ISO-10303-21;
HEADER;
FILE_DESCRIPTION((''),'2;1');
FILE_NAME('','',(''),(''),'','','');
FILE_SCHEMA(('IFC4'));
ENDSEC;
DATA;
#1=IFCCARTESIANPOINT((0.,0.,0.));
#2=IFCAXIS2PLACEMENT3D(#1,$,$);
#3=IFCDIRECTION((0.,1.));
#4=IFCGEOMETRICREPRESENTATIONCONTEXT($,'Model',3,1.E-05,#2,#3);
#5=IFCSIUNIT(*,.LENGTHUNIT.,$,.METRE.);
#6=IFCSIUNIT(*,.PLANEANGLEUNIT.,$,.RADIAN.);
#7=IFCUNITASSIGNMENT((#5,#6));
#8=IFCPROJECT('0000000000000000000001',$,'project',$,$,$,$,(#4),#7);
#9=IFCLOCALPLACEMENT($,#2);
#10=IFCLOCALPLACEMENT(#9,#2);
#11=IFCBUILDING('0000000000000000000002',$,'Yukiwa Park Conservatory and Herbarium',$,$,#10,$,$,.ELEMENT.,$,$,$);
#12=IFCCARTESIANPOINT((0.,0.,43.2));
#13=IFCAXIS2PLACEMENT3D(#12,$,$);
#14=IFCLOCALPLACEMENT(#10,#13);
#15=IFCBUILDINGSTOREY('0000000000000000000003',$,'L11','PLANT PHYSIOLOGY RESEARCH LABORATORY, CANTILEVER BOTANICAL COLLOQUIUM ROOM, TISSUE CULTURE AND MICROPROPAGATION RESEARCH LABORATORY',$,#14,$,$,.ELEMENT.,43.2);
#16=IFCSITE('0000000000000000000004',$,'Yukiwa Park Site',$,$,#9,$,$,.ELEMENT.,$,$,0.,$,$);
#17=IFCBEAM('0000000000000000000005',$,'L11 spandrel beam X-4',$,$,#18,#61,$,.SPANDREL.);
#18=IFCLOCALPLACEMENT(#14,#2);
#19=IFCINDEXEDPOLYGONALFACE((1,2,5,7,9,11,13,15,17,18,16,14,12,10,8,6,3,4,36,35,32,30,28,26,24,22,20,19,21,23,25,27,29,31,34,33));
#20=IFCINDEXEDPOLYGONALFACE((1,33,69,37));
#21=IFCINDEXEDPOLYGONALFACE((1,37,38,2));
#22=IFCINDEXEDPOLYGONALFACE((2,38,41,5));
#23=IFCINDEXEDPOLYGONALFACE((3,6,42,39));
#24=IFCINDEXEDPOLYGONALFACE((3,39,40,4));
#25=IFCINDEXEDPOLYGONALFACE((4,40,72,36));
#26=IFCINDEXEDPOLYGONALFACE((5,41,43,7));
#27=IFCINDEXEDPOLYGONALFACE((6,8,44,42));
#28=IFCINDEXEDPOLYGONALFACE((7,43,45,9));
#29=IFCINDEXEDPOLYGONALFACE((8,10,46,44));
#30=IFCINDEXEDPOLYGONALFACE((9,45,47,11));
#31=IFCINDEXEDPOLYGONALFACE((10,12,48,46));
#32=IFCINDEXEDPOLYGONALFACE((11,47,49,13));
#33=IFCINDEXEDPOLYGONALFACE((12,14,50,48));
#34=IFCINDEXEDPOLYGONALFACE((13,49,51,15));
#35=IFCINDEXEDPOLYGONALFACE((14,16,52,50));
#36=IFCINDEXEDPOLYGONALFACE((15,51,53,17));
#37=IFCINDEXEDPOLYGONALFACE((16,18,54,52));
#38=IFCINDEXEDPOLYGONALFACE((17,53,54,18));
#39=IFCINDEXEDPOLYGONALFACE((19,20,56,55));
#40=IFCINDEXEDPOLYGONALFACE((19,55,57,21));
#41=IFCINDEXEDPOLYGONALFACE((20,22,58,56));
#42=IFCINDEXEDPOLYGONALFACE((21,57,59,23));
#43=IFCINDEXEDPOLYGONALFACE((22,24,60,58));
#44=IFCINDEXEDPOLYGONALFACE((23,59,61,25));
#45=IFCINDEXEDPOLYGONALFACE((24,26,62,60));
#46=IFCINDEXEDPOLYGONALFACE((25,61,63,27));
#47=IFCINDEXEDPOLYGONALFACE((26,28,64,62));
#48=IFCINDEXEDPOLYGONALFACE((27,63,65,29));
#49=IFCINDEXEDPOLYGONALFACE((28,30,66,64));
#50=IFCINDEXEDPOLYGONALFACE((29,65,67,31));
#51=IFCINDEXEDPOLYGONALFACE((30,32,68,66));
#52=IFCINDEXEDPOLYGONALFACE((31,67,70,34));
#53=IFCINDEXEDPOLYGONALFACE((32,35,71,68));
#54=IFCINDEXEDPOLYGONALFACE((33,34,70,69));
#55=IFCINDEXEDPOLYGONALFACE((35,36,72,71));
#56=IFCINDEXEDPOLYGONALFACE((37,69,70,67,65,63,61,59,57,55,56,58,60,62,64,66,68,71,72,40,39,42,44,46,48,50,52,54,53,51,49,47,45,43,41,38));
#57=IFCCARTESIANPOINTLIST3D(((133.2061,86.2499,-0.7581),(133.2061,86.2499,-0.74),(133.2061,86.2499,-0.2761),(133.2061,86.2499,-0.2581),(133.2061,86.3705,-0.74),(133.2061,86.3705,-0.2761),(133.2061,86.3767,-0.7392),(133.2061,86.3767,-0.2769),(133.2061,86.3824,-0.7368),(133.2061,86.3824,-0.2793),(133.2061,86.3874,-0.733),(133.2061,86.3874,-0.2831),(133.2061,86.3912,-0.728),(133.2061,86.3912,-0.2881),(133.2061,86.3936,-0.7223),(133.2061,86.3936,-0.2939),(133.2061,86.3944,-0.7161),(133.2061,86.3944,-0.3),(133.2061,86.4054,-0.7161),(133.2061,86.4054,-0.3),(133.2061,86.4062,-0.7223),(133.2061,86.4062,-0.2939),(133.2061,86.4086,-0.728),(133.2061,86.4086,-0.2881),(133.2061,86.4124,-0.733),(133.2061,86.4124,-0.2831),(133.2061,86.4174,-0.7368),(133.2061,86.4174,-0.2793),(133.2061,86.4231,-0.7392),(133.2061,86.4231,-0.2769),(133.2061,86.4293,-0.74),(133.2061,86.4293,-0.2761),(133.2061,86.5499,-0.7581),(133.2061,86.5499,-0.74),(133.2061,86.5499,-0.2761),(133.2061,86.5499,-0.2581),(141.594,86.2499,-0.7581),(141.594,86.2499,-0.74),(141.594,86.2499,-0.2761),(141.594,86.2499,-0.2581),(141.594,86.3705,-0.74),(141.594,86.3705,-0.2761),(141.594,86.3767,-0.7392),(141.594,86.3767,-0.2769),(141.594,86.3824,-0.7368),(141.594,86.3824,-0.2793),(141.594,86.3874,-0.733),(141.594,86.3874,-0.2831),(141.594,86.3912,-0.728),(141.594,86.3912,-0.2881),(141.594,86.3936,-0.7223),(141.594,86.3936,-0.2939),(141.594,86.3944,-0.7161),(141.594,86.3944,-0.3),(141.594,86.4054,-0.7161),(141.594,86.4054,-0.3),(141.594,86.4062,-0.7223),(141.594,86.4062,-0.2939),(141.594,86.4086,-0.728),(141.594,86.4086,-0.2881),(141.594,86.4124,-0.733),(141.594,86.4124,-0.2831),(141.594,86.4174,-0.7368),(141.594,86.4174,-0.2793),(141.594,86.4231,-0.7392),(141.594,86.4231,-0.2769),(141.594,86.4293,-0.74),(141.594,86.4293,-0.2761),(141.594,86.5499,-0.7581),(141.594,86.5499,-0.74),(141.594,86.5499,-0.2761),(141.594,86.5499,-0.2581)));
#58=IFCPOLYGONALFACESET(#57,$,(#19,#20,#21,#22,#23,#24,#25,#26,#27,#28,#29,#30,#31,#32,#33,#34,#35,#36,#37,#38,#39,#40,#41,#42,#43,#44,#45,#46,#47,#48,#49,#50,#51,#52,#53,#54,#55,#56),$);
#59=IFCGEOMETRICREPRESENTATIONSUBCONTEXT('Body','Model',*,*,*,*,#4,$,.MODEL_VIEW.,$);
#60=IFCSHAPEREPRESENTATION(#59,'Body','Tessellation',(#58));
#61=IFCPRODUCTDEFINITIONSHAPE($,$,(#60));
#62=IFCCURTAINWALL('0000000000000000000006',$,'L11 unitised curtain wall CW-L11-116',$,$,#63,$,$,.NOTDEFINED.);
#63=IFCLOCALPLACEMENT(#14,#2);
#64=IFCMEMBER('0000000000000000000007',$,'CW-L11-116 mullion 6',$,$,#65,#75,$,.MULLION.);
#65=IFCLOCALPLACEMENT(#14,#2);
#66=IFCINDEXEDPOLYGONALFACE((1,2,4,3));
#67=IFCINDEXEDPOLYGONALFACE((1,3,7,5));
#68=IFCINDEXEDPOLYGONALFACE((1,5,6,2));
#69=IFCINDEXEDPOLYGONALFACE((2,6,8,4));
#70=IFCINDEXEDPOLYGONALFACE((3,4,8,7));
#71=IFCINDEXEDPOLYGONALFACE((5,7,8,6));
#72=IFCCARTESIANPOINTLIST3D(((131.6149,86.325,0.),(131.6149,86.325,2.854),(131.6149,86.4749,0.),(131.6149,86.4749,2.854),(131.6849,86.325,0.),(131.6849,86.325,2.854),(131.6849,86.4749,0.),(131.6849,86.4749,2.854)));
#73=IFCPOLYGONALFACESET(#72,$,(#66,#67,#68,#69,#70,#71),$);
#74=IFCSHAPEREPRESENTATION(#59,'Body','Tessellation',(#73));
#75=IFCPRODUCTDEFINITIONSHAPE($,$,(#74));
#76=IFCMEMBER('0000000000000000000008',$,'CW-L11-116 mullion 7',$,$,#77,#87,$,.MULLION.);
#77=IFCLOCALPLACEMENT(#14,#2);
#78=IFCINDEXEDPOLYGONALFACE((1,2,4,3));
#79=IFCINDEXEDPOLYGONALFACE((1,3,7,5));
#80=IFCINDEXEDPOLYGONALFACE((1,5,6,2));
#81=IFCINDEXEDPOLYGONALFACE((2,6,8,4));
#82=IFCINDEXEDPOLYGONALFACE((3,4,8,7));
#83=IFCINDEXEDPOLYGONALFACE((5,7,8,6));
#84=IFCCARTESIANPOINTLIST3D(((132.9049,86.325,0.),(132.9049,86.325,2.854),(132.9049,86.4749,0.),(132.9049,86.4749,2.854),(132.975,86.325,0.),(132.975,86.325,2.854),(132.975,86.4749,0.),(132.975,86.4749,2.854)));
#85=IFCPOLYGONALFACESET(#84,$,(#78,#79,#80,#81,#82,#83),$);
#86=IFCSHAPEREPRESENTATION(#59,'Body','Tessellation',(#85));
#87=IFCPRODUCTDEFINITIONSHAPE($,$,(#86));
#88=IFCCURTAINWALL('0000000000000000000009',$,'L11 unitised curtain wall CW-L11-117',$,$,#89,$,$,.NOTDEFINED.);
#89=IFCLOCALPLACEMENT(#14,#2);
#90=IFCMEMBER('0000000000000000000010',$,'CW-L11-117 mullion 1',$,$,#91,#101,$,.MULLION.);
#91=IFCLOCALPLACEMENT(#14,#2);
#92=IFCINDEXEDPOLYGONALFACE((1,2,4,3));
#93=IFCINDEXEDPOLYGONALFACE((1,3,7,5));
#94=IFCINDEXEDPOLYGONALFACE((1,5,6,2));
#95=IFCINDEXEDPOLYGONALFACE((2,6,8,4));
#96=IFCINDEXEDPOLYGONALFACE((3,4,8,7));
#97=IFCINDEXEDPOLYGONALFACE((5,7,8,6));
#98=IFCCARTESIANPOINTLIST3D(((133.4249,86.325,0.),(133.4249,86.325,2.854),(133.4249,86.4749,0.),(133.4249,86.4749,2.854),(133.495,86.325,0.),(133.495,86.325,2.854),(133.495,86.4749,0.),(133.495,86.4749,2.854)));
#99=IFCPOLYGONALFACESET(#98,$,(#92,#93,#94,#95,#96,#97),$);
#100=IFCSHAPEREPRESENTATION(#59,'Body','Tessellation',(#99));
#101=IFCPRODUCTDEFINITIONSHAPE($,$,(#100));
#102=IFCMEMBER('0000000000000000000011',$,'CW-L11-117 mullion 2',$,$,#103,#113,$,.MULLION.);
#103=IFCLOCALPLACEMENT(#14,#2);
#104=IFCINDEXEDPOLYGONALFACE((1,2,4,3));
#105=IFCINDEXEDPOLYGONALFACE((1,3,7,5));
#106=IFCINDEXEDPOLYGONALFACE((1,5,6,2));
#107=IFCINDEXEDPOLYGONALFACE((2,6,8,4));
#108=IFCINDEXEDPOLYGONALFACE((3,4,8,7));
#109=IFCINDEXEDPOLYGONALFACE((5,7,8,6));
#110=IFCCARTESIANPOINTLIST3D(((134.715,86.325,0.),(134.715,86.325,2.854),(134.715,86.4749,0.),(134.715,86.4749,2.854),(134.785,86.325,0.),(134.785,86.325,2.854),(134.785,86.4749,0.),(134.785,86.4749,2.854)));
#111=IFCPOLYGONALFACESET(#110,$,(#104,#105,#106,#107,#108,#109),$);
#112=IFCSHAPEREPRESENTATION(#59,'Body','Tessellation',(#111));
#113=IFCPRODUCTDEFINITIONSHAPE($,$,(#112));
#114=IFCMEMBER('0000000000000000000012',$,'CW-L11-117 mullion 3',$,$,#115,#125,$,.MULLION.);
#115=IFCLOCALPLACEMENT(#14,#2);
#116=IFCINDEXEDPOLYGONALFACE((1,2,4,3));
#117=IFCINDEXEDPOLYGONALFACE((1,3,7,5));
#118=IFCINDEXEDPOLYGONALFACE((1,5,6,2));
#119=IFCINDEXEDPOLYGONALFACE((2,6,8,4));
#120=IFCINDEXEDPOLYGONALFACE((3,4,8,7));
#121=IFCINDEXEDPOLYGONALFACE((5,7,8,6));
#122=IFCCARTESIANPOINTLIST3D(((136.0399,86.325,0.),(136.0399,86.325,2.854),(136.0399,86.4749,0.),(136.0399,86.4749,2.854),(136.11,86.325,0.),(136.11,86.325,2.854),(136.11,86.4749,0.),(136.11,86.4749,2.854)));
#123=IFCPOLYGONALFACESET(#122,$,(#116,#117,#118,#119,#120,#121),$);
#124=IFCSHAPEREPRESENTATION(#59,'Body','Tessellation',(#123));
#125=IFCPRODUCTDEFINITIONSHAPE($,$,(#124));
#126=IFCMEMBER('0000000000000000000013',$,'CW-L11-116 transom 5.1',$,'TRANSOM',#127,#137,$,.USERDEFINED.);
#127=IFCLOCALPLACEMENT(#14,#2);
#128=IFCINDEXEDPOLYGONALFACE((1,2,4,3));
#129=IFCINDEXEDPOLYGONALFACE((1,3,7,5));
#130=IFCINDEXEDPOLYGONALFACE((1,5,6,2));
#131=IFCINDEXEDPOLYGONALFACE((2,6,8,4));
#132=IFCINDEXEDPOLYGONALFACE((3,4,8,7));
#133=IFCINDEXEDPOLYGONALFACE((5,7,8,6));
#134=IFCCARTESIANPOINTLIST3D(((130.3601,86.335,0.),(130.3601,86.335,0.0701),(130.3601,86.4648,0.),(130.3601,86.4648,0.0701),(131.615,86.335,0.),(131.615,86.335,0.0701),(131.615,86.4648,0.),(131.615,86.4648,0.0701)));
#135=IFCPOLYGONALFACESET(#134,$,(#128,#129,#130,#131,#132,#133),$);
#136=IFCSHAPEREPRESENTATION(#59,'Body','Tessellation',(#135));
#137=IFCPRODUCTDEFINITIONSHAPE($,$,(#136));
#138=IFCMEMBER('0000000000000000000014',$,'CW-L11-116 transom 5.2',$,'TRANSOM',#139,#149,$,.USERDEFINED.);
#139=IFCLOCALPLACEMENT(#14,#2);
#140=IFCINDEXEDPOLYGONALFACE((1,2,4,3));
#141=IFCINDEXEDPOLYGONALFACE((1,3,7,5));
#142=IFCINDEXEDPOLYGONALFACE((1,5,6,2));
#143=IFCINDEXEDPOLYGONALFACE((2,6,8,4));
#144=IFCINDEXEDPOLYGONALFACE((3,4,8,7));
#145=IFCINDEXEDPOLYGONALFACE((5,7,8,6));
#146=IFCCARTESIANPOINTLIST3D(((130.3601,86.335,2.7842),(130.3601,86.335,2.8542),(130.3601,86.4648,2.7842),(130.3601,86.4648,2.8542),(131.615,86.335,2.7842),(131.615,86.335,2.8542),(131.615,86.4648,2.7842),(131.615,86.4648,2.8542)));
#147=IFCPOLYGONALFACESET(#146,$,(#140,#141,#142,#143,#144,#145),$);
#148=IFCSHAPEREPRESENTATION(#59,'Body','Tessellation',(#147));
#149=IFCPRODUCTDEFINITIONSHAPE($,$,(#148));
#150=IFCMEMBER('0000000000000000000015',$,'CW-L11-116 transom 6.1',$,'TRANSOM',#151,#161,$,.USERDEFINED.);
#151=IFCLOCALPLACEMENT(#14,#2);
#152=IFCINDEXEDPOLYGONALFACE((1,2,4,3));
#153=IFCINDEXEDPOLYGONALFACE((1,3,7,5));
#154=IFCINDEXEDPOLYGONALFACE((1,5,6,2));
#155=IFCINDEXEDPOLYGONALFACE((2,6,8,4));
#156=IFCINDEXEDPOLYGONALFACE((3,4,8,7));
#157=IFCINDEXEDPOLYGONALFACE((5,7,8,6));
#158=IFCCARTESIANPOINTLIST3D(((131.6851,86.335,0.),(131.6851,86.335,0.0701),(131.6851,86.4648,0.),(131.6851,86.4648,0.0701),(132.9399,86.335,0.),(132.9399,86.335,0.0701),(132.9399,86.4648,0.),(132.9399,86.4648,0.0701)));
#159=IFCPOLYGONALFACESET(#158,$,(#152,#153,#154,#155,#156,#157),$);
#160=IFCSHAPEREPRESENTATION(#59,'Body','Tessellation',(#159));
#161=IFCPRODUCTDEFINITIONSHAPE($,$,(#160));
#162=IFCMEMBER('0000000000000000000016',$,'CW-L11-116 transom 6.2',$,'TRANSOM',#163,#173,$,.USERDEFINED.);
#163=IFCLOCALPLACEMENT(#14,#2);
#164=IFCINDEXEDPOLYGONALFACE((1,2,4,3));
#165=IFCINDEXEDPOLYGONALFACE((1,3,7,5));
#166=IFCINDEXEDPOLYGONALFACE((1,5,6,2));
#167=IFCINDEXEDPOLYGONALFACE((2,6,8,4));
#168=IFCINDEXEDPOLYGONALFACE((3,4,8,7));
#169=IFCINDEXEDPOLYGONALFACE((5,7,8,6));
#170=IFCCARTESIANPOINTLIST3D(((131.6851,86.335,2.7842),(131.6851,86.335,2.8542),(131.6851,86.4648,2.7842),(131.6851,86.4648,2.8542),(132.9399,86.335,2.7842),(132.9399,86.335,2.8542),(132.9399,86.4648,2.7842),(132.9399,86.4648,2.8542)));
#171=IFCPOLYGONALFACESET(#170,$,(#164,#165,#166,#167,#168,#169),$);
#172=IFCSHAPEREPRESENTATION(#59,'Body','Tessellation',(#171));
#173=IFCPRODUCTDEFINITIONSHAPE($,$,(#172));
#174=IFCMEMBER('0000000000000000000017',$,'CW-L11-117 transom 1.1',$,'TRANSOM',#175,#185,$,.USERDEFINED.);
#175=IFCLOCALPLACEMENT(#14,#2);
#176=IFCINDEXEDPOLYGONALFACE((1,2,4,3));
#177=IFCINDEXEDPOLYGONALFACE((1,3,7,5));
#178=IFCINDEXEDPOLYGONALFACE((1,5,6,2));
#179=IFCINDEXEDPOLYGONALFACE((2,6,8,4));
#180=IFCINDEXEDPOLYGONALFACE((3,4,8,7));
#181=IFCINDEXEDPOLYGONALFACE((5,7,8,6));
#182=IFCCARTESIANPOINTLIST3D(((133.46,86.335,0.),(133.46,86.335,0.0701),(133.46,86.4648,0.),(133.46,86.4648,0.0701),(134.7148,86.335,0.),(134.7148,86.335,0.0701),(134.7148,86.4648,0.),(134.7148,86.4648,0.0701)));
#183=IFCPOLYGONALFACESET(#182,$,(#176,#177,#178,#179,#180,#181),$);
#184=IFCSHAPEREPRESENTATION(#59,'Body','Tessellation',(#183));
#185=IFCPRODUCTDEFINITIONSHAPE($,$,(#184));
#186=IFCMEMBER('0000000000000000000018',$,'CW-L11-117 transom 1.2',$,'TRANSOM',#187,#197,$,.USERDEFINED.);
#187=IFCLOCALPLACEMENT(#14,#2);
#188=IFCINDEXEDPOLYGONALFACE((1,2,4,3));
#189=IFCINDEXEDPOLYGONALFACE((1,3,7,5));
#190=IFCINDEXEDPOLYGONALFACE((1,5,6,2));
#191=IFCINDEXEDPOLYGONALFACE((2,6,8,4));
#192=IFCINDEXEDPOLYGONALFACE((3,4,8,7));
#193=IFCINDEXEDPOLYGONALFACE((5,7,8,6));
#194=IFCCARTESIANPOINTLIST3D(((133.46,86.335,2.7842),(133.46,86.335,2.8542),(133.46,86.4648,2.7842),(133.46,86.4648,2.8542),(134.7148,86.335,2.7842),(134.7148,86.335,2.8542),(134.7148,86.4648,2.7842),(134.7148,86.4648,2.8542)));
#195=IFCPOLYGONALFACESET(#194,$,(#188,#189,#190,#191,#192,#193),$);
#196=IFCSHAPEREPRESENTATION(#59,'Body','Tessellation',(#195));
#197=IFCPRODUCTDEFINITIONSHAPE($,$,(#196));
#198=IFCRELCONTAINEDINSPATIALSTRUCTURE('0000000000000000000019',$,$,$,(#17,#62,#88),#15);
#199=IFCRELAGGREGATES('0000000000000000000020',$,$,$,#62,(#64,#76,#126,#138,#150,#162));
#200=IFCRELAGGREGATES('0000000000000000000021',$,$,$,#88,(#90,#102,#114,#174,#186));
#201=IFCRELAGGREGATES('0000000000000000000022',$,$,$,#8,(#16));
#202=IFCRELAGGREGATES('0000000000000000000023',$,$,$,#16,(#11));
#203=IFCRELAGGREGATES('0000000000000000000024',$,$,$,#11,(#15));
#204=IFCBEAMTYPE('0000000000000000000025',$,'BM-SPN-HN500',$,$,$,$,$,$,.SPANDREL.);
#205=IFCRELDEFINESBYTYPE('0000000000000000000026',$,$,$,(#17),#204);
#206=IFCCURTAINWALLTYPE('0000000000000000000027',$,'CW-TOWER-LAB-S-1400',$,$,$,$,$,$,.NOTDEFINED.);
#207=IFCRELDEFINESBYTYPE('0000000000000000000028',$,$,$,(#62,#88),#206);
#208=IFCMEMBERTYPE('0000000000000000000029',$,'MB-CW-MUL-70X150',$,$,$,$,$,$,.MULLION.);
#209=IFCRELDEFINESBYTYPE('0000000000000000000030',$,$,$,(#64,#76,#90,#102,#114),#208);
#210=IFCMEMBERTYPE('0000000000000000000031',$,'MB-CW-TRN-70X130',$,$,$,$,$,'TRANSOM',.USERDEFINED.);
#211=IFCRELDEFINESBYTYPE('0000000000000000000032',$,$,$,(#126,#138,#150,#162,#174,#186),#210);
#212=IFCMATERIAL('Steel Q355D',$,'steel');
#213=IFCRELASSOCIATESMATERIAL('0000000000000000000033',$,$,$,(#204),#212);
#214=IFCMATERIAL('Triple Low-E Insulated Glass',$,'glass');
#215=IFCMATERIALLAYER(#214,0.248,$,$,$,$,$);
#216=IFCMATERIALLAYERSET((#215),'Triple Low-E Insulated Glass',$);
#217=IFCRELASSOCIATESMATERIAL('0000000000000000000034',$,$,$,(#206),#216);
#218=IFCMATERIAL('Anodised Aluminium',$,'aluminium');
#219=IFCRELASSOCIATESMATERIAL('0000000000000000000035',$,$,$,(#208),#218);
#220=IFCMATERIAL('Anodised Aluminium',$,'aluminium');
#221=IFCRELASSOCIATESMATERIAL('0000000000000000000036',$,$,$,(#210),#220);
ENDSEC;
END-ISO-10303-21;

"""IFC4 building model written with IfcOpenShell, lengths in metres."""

from ifc_helpers import new_model, si_unit, direction, frame, origin, origin_2d, place, context, subcontext, project, spatial, rectangle, i_section, extrude, material, layer, layer_set, material_profile, profile_set, type_object, element, aggregate, save


model = new_model("IFC4")

# Units and contexts
model_context = context("Model", 3, precision=1e-05, world=origin(), true_north=direction((0.0, 1.0)))
body_context = subcontext(model_context, "Body", "Model", "MODEL_VIEW")
ifc_project = project(units=[si_unit("LENGTHUNIT", "METRE"), si_unit("PLANEANGLEUNIT", "RADIAN")], contexts=[model_context])

# Site, building, storey
site_placement = place(None, origin())
site = spatial("IfcSite", under=ifc_project, at=site_placement, Name="Yukiwa Park Site", CompositionType="ELEMENT", RefElevation=0.0)
building_placement = place(site_placement, origin())
building = spatial("IfcBuilding", under=site, at=building_placement, Name="Yukiwa Park Conservatory and Herbarium", CompositionType="ELEMENT")
storey_placement = place(building_placement, frame((0.0, 0.0, 43.2)))
storey = spatial("IfcBuildingStorey", under=building, at=storey_placement, Name="L11", Description="PLANT PHYSIOLOGY RESEARCH LABORATORY, CANTILEVER BOTANICAL COLLOQUIUM ROOM, TISSUE CULTURE AND MICROPROPAGATION RESEARCH LABORATORY", CompositionType="ELEMENT", Elevation=43.2)

# Beam
ifc_material_1 = material(Name="Steel Q355D", Category="steel")
ifc_material_profile_1 = material_profile(ifc_material_1, i_section(OverallWidth=0.3, OverallDepth=0.5, WebThickness=0.011, FlangeThickness=0.0181, FilletRadius=0.0239, at=origin_2d()), Name="HM 500x300x11x18")
ifc_profile_set_1 = profile_set([ifc_material_profile_1], Name="Steel Q355D")
beam_type_1 = type_object("IfcBeamType", Name="BM-SPN-HN500", PredefinedType="SPANDREL", material=ifc_profile_set_1)
beam_1_placement = place(storey_placement, frame((133.2061, 86.3999, -0.5081), z_axis=(1.0, 0.0, 0.0), x_axis=(0.0, 1.0, 0.0)))
element("IfcBeam", 1, at=beam_1_placement, inside=storey, type_object=beam_type_1, Name="L11 spandrel beam X-4", PredefinedType="SPANDREL", context=body_context, shape_type="SweptSolid", body=[
    extrude(i_section(OverallWidth=0.3, OverallDepth=0.5, WebThickness=0.011, FlangeThickness=0.0181, FilletRadius=0.0239, at=origin_2d()), origin(), (0.0, 0.0, 1.0), 8.3879),
])

# Curtain walls, members
ifc_material_2 = material(Name="Triple Low-E Insulated Glass", Category="glass")
ifc_layer_1 = layer(ifc_material_2, 0.248)
ifc_layer_set_1 = layer_set([ifc_layer_1], Name="Triple Low-E Insulated Glass")
curtain_wall_type = type_object("IfcCurtainWallType", Name="CW-TOWER-LAB-S-1400", PredefinedType="NOTDEFINED", material=ifc_layer_set_1)
curtain_wall_1_placement = place(storey_placement, origin())
curtain_wall_1 = element("IfcCurtainWall", 2, at=curtain_wall_1_placement, inside=storey, type_object=curtain_wall_type, Name="L11 unitised curtain wall CW-L11-116", PredefinedType="NOTDEFINED")
ifc_material_3 = material(Name="Anodised Aluminium", Category="aluminium")
member_type_1 = type_object("IfcMemberType", Name="MB-CW-MUL-70X150", PredefinedType="MULLION", material=ifc_material_3)
member_1_placement = place(storey_placement, frame((131.6499, 86.3999, 0.0), z_axis=(0.0, 0.0, 1.0), x_axis=(1.0, 0.0, 0.0)))
member_1 = element("IfcMember", 3, at=member_1_placement, type_object=member_type_1, Name="CW-L11-116 mullion 6", PredefinedType="MULLION", context=body_context, shape_type="SweptSolid", body=[
    extrude(rectangle(XDim=0.0701, YDim=0.1499, at=origin_2d()), origin(), (0.0, 0.0, 1.0), 2.854),
])
member_2_placement = place(storey_placement, frame((132.9399, 86.3999, 0.0), z_axis=(0.0, 0.0, 1.0), x_axis=(1.0, 0.0, 0.0)))
member_2 = element("IfcMember", 4, at=member_2_placement, type_object=member_type_1, Name="CW-L11-116 mullion 7", PredefinedType="MULLION", context=body_context, shape_type="SweptSolid", body=[
    extrude(rectangle(XDim=0.0701, YDim=0.1499, at=origin_2d()), origin(), (0.0, 0.0, 1.0), 2.854),
])
curtain_wall_2_placement = place(storey_placement, origin())
curtain_wall_2 = element("IfcCurtainWall", 5, at=curtain_wall_2_placement, inside=storey, type_object=curtain_wall_type, Name="L11 unitised curtain wall CW-L11-117", PredefinedType="NOTDEFINED")
member_3_placement = place(storey_placement, frame((133.46, 86.3999, 0.0), z_axis=(0.0, 0.0, 1.0), x_axis=(1.0, 0.0, 0.0)))
member_3 = element("IfcMember", 6, at=member_3_placement, type_object=member_type_1, Name="CW-L11-117 mullion 1", PredefinedType="MULLION", context=body_context, shape_type="SweptSolid", body=[
    extrude(rectangle(XDim=0.0701, YDim=0.1499, at=origin_2d()), origin(), (0.0, 0.0, 1.0), 2.854),
])
member_4_placement = place(storey_placement, frame((134.75, 86.3999, 0.0), z_axis=(0.0, 0.0, 1.0), x_axis=(1.0, 0.0, 0.0)))
member_4 = element("IfcMember", 7, at=member_4_placement, type_object=member_type_1, Name="CW-L11-117 mullion 2", PredefinedType="MULLION", context=body_context, shape_type="SweptSolid", body=[
    extrude(rectangle(XDim=0.0701, YDim=0.1499, at=origin_2d()), origin(), (0.0, 0.0, 1.0), 2.854),
])
member_5_placement = place(storey_placement, frame((136.075, 86.3999, 0.0), z_axis=(0.0, 0.0, 1.0), x_axis=(1.0, 0.0, 0.0)))
member_5 = element("IfcMember", 8, at=member_5_placement, type_object=member_type_1, Name="CW-L11-117 mullion 3", PredefinedType="MULLION", context=body_context, shape_type="SweptSolid", body=[
    extrude(rectangle(XDim=0.0701, YDim=0.1499, at=origin_2d()), origin(), (0.0, 0.0, 1.0), 2.854),
])

# Members
ifc_material_4 = material(Name="Anodised Aluminium", Category="aluminium")
member_type_2 = type_object("IfcMemberType", Name="MB-CW-TRN-70X130", ElementType="TRANSOM", PredefinedType="USERDEFINED", material=ifc_material_4)
member_6_placement = place(storey_placement, frame((130.9875, 86.3999, 0.0), z_axis=(0.0, 0.0, 1.0), x_axis=(1.0, 0.0, 0.0)))
member_6 = element("IfcMember", 9, at=member_6_placement, type_object=member_type_2, Name="CW-L11-116 transom 5.1", ObjectType="TRANSOM", PredefinedType="USERDEFINED", context=body_context, shape_type="SweptSolid", body=[
    extrude(rectangle(XDim=1.2549, YDim=0.1299, at=origin_2d()), origin(), (0.0, 0.0, 1.0), 0.0701),
])
member_7_placement = place(storey_placement, frame((130.9875, 86.3999, 2.7842), z_axis=(0.0, 0.0, 1.0), x_axis=(1.0, 0.0, 0.0)))
member_7 = element("IfcMember", 10, at=member_7_placement, type_object=member_type_2, Name="CW-L11-116 transom 5.2", ObjectType="TRANSOM", PredefinedType="USERDEFINED", context=body_context, shape_type="SweptSolid", body=[
    extrude(rectangle(XDim=1.2549, YDim=0.1299, at=origin_2d()), origin(), (0.0, 0.0, 1.0), 0.0701),
])
member_8_placement = place(storey_placement, frame((132.3125, 86.3999, 0.0), z_axis=(0.0, 0.0, 1.0), x_axis=(1.0, 0.0, 0.0)))
member_8 = element("IfcMember", 11, at=member_8_placement, type_object=member_type_2, Name="CW-L11-116 transom 6.1", ObjectType="TRANSOM", PredefinedType="USERDEFINED", context=body_context, shape_type="SweptSolid", body=[
    extrude(rectangle(XDim=1.2549, YDim=0.1299, at=origin_2d()), origin(), (0.0, 0.0, 1.0), 0.0701),
])
member_9_placement = place(storey_placement, frame((132.3125, 86.3999, 2.7842), z_axis=(0.0, 0.0, 1.0), x_axis=(1.0, 0.0, 0.0)))
member_9 = element("IfcMember", 12, at=member_9_placement, type_object=member_type_2, Name="CW-L11-116 transom 6.2", ObjectType="TRANSOM", PredefinedType="USERDEFINED", context=body_context, shape_type="SweptSolid", body=[
    extrude(rectangle(XDim=1.2549, YDim=0.1299, at=origin_2d()), origin(), (0.0, 0.0, 1.0), 0.0701),
])
member_10_placement = place(storey_placement, frame((134.0874, 86.3999, 0.0), z_axis=(0.0, 0.0, 1.0), x_axis=(1.0, 0.0, 0.0)))
member_10 = element("IfcMember", 13, at=member_10_placement, type_object=member_type_2, Name="CW-L11-117 transom 1.1", ObjectType="TRANSOM", PredefinedType="USERDEFINED", context=body_context, shape_type="SweptSolid", body=[
    extrude(rectangle(XDim=1.2549, YDim=0.1299, at=origin_2d()), origin(), (0.0, 0.0, 1.0), 0.0701),
])
member_11_placement = place(storey_placement, frame((134.0874, 86.3999, 2.7842), z_axis=(0.0, 0.0, 1.0), x_axis=(1.0, 0.0, 0.0)))
member_11 = element("IfcMember", 14, at=member_11_placement, type_object=member_type_2, Name="CW-L11-117 transom 1.2", ObjectType="TRANSOM", PredefinedType="USERDEFINED", context=body_context, shape_type="SweptSolid", body=[
    extrude(rectangle(XDim=1.2549, YDim=0.1299, at=origin_2d()), origin(), (0.0, 0.0, 1.0), 0.0701),
])

aggregate(curtain_wall_1, [member_1, member_2, member_6, member_7, member_8, member_9])
aggregate(curtain_wall_2, [member_3, member_4, member_5, member_10, member_11])

save(model, "model.ifc")
